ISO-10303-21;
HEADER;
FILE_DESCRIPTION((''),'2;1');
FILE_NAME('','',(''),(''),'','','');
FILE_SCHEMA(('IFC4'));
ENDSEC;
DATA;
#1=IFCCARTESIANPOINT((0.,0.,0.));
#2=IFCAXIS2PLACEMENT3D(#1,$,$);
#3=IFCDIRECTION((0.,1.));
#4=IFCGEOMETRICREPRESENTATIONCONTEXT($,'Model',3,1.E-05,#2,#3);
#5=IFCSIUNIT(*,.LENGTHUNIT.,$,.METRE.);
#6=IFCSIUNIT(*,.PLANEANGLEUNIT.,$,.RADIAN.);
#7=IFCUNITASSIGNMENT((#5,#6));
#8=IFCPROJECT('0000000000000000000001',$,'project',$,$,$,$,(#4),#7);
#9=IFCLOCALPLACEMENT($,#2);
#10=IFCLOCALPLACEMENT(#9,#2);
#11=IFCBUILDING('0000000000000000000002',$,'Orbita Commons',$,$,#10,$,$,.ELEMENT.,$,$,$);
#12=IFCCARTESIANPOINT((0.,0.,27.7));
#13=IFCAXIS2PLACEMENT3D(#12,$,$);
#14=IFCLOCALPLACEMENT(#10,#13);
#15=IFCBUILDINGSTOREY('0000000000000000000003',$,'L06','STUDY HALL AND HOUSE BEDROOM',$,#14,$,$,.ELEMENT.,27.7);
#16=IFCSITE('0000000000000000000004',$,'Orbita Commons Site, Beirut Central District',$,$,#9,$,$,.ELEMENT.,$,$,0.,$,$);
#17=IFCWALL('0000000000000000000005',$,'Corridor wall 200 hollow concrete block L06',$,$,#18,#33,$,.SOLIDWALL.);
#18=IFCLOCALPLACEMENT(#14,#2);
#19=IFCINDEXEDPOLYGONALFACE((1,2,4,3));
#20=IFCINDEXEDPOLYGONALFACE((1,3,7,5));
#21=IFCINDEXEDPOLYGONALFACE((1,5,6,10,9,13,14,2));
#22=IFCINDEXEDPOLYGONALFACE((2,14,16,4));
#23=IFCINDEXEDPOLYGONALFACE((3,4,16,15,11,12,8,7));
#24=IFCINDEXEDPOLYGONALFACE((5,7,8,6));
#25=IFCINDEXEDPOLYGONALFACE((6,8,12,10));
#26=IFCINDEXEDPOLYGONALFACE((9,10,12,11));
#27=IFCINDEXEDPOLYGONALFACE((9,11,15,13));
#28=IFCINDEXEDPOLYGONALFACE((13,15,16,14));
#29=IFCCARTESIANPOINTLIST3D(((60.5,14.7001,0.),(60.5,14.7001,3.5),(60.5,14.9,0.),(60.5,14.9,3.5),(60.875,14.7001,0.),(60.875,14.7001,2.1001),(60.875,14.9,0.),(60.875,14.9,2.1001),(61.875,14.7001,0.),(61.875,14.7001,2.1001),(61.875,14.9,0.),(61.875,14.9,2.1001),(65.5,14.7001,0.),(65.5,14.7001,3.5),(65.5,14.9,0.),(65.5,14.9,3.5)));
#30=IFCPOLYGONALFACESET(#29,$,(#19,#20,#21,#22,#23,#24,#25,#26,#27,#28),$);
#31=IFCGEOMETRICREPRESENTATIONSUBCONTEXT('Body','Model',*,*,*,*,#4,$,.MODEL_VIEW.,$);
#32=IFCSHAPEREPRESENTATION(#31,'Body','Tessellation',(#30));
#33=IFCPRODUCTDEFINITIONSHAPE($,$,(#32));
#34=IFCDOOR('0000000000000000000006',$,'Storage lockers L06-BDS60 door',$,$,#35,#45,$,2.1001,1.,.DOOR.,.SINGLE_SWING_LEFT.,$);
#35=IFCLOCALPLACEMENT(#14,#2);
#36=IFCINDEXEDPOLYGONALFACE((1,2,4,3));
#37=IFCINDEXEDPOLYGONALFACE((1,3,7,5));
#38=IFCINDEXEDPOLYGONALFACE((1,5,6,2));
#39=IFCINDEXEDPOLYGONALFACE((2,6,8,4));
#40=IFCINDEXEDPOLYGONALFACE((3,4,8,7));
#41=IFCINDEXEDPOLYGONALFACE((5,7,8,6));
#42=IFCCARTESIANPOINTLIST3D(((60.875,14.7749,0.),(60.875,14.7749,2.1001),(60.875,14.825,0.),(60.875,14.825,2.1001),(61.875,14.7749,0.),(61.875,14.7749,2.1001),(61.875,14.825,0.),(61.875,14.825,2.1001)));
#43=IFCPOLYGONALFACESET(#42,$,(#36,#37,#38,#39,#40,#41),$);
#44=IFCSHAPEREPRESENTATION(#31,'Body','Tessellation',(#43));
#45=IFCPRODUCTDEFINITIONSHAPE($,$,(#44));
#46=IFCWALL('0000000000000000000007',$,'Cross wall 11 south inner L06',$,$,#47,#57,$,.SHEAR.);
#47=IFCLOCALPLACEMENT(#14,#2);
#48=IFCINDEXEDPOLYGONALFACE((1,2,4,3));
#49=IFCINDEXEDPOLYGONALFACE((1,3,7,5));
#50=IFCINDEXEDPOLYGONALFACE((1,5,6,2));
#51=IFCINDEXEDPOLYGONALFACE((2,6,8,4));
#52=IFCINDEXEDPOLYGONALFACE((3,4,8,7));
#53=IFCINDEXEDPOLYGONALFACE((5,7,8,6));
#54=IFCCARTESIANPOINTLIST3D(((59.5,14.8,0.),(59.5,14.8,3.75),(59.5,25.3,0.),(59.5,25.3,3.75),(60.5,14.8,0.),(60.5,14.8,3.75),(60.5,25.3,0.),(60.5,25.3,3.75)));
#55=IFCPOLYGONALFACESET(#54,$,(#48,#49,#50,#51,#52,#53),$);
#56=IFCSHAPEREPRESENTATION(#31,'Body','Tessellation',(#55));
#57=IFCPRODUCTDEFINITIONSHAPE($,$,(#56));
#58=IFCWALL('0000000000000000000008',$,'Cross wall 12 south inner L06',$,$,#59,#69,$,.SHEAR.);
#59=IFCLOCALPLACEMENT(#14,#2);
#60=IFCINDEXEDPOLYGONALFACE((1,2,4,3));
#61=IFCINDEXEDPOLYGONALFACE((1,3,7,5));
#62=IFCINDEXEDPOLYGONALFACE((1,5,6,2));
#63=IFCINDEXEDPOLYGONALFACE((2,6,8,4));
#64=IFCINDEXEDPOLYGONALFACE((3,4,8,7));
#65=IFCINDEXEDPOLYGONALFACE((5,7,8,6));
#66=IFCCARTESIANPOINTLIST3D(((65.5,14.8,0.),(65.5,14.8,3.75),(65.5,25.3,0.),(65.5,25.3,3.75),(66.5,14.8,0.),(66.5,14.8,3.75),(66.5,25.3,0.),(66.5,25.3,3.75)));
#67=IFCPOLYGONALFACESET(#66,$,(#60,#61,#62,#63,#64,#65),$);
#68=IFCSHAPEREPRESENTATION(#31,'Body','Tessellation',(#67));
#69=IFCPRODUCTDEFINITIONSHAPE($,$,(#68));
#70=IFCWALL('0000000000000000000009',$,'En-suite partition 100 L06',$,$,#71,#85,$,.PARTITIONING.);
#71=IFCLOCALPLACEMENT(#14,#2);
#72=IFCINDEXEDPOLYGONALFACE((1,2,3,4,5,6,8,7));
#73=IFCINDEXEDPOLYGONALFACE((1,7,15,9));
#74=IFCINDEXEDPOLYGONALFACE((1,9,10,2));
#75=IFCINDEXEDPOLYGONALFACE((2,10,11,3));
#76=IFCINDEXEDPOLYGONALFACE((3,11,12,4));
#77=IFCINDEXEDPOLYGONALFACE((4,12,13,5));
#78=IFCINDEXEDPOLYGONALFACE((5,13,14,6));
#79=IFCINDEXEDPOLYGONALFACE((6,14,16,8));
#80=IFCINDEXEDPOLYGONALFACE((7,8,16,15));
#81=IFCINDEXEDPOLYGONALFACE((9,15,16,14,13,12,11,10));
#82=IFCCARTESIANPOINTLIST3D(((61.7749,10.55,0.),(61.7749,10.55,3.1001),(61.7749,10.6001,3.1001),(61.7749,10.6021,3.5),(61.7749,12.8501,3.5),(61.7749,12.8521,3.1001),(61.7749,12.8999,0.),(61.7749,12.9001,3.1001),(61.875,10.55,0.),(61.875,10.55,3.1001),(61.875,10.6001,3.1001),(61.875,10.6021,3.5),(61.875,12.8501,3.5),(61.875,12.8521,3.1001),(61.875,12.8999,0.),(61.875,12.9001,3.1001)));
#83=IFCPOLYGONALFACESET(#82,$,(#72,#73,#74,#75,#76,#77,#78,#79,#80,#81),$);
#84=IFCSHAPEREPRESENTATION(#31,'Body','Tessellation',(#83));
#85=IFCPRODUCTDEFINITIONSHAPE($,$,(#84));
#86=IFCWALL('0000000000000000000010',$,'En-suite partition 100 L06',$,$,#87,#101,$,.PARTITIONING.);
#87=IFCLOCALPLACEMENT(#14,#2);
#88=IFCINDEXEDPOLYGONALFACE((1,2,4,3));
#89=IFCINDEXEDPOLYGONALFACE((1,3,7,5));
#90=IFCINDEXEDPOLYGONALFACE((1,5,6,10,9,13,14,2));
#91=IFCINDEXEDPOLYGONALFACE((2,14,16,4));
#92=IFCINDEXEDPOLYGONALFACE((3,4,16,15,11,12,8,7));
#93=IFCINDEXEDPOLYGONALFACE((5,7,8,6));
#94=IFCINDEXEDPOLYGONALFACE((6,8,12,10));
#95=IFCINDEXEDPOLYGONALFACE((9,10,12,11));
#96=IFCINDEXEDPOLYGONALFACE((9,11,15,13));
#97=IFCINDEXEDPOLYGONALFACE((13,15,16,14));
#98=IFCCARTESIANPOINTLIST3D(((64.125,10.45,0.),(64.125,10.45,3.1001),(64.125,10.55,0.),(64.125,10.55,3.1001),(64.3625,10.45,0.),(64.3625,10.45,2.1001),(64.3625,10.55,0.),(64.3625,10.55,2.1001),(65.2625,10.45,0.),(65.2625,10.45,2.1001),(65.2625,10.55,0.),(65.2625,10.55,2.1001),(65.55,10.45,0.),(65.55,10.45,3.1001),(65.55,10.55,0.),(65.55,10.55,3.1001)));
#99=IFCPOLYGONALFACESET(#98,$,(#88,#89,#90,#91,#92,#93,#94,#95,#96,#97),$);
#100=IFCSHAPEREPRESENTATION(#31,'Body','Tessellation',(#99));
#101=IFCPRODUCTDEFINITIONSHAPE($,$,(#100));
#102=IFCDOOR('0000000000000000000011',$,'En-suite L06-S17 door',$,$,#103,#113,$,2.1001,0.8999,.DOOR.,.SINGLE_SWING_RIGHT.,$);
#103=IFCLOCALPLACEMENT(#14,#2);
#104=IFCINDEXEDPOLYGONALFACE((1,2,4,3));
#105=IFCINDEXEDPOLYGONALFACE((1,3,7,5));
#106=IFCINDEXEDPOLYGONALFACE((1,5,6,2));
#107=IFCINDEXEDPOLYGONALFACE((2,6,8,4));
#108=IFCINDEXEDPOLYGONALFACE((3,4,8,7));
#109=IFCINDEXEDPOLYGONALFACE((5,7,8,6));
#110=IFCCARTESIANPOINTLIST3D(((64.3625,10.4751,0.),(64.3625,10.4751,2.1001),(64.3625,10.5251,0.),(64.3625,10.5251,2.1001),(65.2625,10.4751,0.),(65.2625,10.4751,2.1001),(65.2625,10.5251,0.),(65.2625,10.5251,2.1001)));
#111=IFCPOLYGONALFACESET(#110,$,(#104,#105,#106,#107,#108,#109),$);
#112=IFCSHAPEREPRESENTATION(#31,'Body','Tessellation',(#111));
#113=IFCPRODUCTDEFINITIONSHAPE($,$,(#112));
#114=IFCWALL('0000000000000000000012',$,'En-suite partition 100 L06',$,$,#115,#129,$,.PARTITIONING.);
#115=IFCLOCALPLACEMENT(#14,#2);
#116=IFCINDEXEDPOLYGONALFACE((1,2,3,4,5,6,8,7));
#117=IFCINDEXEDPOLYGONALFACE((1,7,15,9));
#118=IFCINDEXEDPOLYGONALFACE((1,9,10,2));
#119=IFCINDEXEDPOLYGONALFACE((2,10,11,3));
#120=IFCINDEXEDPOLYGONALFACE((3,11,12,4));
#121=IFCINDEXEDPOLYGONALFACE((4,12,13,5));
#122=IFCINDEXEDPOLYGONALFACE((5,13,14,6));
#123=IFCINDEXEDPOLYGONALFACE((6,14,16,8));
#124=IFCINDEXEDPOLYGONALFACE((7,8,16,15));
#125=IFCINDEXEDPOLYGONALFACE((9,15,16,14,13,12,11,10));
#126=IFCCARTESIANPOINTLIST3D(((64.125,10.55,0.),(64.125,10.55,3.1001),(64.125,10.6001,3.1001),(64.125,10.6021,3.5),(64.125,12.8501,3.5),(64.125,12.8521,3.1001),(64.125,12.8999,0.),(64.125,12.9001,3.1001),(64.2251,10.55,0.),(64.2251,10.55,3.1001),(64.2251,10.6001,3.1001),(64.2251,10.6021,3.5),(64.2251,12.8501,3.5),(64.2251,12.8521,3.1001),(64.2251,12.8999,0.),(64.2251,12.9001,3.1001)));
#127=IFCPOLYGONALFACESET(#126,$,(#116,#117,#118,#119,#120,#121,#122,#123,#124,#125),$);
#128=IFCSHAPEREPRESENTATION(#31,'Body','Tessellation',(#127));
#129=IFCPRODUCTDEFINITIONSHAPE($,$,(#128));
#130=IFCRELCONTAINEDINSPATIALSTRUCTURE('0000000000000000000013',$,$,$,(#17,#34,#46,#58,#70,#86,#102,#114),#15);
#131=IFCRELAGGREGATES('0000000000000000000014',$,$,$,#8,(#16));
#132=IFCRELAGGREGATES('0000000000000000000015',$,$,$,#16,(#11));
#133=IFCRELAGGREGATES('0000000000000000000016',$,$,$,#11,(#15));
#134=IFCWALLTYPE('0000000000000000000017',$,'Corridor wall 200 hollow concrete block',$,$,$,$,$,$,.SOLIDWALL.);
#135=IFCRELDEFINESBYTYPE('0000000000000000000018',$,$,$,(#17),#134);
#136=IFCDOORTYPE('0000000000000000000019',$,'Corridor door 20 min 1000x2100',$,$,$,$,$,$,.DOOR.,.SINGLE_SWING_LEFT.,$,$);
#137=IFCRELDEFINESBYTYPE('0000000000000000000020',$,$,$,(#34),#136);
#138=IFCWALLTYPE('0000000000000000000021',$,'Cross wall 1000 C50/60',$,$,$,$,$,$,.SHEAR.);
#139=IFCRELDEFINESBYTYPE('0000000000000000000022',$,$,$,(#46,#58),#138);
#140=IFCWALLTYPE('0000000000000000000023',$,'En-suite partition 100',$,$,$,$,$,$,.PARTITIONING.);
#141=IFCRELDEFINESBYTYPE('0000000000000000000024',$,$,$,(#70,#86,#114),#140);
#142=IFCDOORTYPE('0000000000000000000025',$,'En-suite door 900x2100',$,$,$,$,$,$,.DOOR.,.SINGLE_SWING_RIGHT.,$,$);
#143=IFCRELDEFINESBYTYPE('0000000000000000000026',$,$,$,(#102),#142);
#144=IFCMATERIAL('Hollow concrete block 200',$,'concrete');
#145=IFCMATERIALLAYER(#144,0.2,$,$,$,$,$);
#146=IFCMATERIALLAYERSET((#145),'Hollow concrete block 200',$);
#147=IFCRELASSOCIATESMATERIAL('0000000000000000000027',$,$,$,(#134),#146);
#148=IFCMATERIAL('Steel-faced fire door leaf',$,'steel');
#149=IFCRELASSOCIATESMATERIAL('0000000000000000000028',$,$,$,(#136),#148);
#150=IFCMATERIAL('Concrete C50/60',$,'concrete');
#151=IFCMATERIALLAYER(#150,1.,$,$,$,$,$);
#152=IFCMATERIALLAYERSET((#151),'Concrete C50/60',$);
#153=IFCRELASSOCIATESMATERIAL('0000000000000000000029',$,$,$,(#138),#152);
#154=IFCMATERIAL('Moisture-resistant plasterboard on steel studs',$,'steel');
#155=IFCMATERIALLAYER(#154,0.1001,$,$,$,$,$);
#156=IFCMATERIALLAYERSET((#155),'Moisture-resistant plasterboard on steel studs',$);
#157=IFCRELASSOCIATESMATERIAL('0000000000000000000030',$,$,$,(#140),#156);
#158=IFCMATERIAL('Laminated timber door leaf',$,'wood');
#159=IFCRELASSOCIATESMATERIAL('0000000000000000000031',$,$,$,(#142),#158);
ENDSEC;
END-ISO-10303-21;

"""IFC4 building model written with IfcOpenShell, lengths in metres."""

from ifc_helpers import new_model, si_unit, direction, frame, frame_2d, origin, place, context, subcontext, project, spatial, polyline, rectangle, outline, extrude, material, layer, layer_set, type_object, element, fill, save


model = new_model("IFC4")

# Units and contexts
model_context = context("Model", 3, precision=1e-05, world=origin(), true_north=direction((0.0, 1.0)))
body_context = subcontext(model_context, "Body", "Model", "MODEL_VIEW")
ifc_project = project(units=[si_unit("LENGTHUNIT", "METRE"), si_unit("PLANEANGLEUNIT", "RADIAN")], contexts=[model_context])

# Site, building, storey
site_placement = place(None, origin())
site = spatial("IfcSite", under=ifc_project, at=site_placement, Name="Orbita Commons Site, Beirut Central District", CompositionType="ELEMENT", RefElevation=0.0)
building_placement = place(site_placement, origin())
building = spatial("IfcBuilding", under=site, at=building_placement, Name="Orbita Commons", CompositionType="ELEMENT")
storey_placement = place(building_placement, frame((0.0, 0.0, 27.7)))
storey = spatial("IfcBuildingStorey", under=building, at=storey_placement, Name="L06", Description="STUDY HALL AND HOUSE BEDROOM", CompositionType="ELEMENT", Elevation=27.7)

# Wall, opening, door
ifc_material_1 = material(Name="Hollow concrete block 200", Category="concrete")
ifc_layer_1 = layer(ifc_material_1, 0.2)
ifc_layer_set_1 = layer_set([ifc_layer_1], Name="Hollow concrete block 200")
wall_type_1 = type_object("IfcWallType", Name="Corridor wall 200 hollow concrete block", PredefinedType="SOLIDWALL", material=ifc_layer_set_1)
wall_1_placement = place(storey_placement, frame((60.5, 14.8, 0.0), z_axis=(0.0, 0.0, 1.0), x_axis=(1.0, 0.0, 0.0)))
wall_1 = element("IfcWall", 1, at=wall_1_placement, inside=storey, type_object=wall_type_1, Name="Corridor wall 200 hollow concrete block L06", PredefinedType="SOLIDWALL", context=body_context, shape_type="SweptSolid", body=[
    extrude(rectangle(XDim=5.0, YDim=0.2, at=frame_2d((2.5, 0.0))), origin(), (0.0, 0.0, 1.0), 3.5),
])
opening_1_placement = place(wall_1_placement, frame((0.375, 0.0, 0.0)))
opening_1 = element("IfcOpeningElement", 2, at=opening_1_placement, cuts=wall_1, PredefinedType="OPENING", context=body_context, shape_type="SweptSolid", body=[
    extrude(rectangle(XDim=1.0, YDim=2.1001, at=frame_2d((0.5, 1.05))), frame((0.0, 0.1099, 0.0), z_axis=(0.0, -1.0, 0.0), x_axis=(1.0, 0.0, 0.0)), (0.0, 0.0, 1.0), 0.22),
])
ifc_material_2 = material(Name="Steel-faced fire door leaf", Category="steel")
door_type_1 = type_object("IfcDoorType", Name="Corridor door 20 min 1000x2100", OperationType="SINGLE_SWING_LEFT", PredefinedType="DOOR", material=ifc_material_2)
door_1_placement = place(opening_1_placement, origin())
door_1 = element("IfcDoor", 3, at=door_1_placement, inside=storey, type_object=door_type_1, Name="Storage lockers L06-BDS60 door", OperationType="SINGLE_SWING_LEFT", OverallHeight=2.1001, OverallWidth=1.0, PredefinedType="DOOR", context=body_context, shape_type="SweptSolid", body=[
    extrude(rectangle(XDim=1.0, YDim=2.1001, at=frame_2d((0.5, 1.05))), frame((0.0, 0.0249, 0.0), z_axis=(0.0, -1.0, 0.0), x_axis=(1.0, 0.0, 0.0)), (0.0, 0.0, 1.0), 0.05),
])
fill(opening_1, door_1)

# Walls
ifc_material_3 = material(Name="Concrete C50/60", Category="concrete")
ifc_layer_2 = layer(ifc_material_3, 1.0)
ifc_layer_set_2 = layer_set([ifc_layer_2], Name="Concrete C50/60")
wall_type_2 = type_object("IfcWallType", Name="Cross wall 1000 C50/60", PredefinedType="SHEAR", material=ifc_layer_set_2)
for number, where, z_axis, x_axis, name in (
    (4, (60.0, 14.8, 0.0), (0.0, 0.0, 1.0), (0.0, 1.0, 0.0), "Cross wall 11 south inner L06"),
    (5, (66.0, 14.8, 0.0), (0.0, 0.0, 1.0), (0.0, 1.0, 0.0), "Cross wall 12 south inner L06"),
):
    element("IfcWall", number, at=place(storey_placement, frame(where, z_axis=z_axis, x_axis=x_axis)), inside=storey, type_object=wall_type_2, Name=name, PredefinedType="SHEAR", context=body_context, shape_type="SweptSolid", body=[
        extrude(rectangle(XDim=10.5, YDim=1.0, at=frame_2d((5.25, 0.0))), origin(), (0.0, 0.0, 1.0), 3.75),
    ])
ifc_material_4 = material(Name="Moisture-resistant plasterboard on steel studs", Category="steel")
ifc_layer_3 = layer(ifc_material_4, 0.1001)
ifc_layer_set_3 = layer_set([ifc_layer_3], Name="Moisture-resistant plasterboard on steel studs")
wall_type_3 = type_object("IfcWallType", Name="En-suite partition 100", PredefinedType="PARTITIONING", material=ifc_layer_set_3)
wall_2_placement = place(storey_placement, frame((61.825, 10.55, 0.0), z_axis=(0.0, 0.0, 1.0), x_axis=(0.0, 1.0, 0.0)))
element("IfcWall", 6, at=wall_2_placement, inside=storey, type_object=wall_type_3, Name="En-suite partition 100 L06", PredefinedType="PARTITIONING", context=body_context, shape_type="SweptSolid", body=[
    extrude(outline(polyline([(0.0, 0.0), (2.3499, 0.0), (2.3501, 3.1001), (2.302, 3.1001), (2.3, 3.5), (0.052, 3.5), (0.05, 3.1001), (0.0, 3.1001), (0.0, 0.0)])), frame((0.0, 0.05, 0.0), z_axis=(0.0, -1.0, 0.0), x_axis=(1.0, 0.0, 0.0)), (0.0, 0.0, 1.0), 0.1001),
])

# Wall, opening, door
wall_3_placement = place(storey_placement, frame((65.55, 10.5, 0.0), z_axis=(0.0, 0.0, 1.0), x_axis=(-1.0, 0.0, 0.0)))
wall_3 = element("IfcWall", 7, at=wall_3_placement, inside=storey, type_object=wall_type_3, Name="En-suite partition 100 L06", PredefinedType="PARTITIONING", context=body_context, shape_type="SweptSolid", body=[
    extrude(outline(polyline([(0.0, 0.0), (1.425, 0.0), (1.425, 3.1001), (0.0, 3.1001), (0.0, 0.0)])), frame((0.0, 0.05, 0.0), z_axis=(0.0, -1.0, 0.0), x_axis=(1.0, 0.0, 0.0)), (0.0, 0.0, 1.0), 0.1001),
])
opening_2_placement = place(wall_3_placement, frame((0.2876, 0.0, 0.0)))
opening_2 = element("IfcOpeningElement", 8, at=opening_2_placement, cuts=wall_3, PredefinedType="OPENING", context=body_context, shape_type="SweptSolid", body=[
    extrude(rectangle(XDim=0.8999, YDim=2.1001, at=frame_2d((0.45, 1.05))), frame((0.0, 0.0601, 0.0), z_axis=(0.0, -1.0, 0.0), x_axis=(1.0, 0.0, 0.0)), (0.0, 0.0, 1.0), 0.1201),
])
ifc_material_5 = material(Name="Laminated timber door leaf", Category="wood")
door_type_2 = type_object("IfcDoorType", Name="En-suite door 900x2100", OperationType="SINGLE_SWING_RIGHT", PredefinedType="DOOR", material=ifc_material_5)
door_2_placement = place(opening_2_placement, origin())
door_2 = element("IfcDoor", 9, at=door_2_placement, inside=storey, type_object=door_type_2, Name="En-suite L06-S17 door", OperationType="SINGLE_SWING_RIGHT", OverallHeight=2.1001, OverallWidth=0.8999, PredefinedType="DOOR", context=body_context, shape_type="SweptSolid", body=[
    extrude(rectangle(XDim=0.8999, YDim=2.1001, at=frame_2d((0.45, 1.05))), frame((0.0, 0.0249, 0.0), z_axis=(0.0, -1.0, 0.0), x_axis=(1.0, 0.0, 0.0)), (0.0, 0.0, 1.0), 0.05),
])
fill(opening_2, door_2)

# Wall
wall_4_placement = place(storey_placement, frame((64.175, 10.55, 0.0), z_axis=(0.0, 0.0, 1.0), x_axis=(0.0, 1.0, 0.0)))
element("IfcWall", 10, at=wall_4_placement, inside=storey, type_object=wall_type_3, Name="En-suite partition 100 L06", PredefinedType="PARTITIONING", context=body_context, shape_type="SweptSolid", body=[
    extrude(outline(polyline([(0.0, 0.0), (2.3499, 0.0), (2.3501, 3.1001), (2.302, 3.1001), (2.3, 3.5), (0.052, 3.5), (0.05, 3.1001), (0.0, 3.1001), (0.0, 0.0)])), frame((0.0, 0.05, 0.0), z_axis=(0.0, -1.0, 0.0), x_axis=(1.0, 0.0, 0.0)), (0.0, 0.0, 1.0), 0.1001),
])

save(model, "model.ifc")
